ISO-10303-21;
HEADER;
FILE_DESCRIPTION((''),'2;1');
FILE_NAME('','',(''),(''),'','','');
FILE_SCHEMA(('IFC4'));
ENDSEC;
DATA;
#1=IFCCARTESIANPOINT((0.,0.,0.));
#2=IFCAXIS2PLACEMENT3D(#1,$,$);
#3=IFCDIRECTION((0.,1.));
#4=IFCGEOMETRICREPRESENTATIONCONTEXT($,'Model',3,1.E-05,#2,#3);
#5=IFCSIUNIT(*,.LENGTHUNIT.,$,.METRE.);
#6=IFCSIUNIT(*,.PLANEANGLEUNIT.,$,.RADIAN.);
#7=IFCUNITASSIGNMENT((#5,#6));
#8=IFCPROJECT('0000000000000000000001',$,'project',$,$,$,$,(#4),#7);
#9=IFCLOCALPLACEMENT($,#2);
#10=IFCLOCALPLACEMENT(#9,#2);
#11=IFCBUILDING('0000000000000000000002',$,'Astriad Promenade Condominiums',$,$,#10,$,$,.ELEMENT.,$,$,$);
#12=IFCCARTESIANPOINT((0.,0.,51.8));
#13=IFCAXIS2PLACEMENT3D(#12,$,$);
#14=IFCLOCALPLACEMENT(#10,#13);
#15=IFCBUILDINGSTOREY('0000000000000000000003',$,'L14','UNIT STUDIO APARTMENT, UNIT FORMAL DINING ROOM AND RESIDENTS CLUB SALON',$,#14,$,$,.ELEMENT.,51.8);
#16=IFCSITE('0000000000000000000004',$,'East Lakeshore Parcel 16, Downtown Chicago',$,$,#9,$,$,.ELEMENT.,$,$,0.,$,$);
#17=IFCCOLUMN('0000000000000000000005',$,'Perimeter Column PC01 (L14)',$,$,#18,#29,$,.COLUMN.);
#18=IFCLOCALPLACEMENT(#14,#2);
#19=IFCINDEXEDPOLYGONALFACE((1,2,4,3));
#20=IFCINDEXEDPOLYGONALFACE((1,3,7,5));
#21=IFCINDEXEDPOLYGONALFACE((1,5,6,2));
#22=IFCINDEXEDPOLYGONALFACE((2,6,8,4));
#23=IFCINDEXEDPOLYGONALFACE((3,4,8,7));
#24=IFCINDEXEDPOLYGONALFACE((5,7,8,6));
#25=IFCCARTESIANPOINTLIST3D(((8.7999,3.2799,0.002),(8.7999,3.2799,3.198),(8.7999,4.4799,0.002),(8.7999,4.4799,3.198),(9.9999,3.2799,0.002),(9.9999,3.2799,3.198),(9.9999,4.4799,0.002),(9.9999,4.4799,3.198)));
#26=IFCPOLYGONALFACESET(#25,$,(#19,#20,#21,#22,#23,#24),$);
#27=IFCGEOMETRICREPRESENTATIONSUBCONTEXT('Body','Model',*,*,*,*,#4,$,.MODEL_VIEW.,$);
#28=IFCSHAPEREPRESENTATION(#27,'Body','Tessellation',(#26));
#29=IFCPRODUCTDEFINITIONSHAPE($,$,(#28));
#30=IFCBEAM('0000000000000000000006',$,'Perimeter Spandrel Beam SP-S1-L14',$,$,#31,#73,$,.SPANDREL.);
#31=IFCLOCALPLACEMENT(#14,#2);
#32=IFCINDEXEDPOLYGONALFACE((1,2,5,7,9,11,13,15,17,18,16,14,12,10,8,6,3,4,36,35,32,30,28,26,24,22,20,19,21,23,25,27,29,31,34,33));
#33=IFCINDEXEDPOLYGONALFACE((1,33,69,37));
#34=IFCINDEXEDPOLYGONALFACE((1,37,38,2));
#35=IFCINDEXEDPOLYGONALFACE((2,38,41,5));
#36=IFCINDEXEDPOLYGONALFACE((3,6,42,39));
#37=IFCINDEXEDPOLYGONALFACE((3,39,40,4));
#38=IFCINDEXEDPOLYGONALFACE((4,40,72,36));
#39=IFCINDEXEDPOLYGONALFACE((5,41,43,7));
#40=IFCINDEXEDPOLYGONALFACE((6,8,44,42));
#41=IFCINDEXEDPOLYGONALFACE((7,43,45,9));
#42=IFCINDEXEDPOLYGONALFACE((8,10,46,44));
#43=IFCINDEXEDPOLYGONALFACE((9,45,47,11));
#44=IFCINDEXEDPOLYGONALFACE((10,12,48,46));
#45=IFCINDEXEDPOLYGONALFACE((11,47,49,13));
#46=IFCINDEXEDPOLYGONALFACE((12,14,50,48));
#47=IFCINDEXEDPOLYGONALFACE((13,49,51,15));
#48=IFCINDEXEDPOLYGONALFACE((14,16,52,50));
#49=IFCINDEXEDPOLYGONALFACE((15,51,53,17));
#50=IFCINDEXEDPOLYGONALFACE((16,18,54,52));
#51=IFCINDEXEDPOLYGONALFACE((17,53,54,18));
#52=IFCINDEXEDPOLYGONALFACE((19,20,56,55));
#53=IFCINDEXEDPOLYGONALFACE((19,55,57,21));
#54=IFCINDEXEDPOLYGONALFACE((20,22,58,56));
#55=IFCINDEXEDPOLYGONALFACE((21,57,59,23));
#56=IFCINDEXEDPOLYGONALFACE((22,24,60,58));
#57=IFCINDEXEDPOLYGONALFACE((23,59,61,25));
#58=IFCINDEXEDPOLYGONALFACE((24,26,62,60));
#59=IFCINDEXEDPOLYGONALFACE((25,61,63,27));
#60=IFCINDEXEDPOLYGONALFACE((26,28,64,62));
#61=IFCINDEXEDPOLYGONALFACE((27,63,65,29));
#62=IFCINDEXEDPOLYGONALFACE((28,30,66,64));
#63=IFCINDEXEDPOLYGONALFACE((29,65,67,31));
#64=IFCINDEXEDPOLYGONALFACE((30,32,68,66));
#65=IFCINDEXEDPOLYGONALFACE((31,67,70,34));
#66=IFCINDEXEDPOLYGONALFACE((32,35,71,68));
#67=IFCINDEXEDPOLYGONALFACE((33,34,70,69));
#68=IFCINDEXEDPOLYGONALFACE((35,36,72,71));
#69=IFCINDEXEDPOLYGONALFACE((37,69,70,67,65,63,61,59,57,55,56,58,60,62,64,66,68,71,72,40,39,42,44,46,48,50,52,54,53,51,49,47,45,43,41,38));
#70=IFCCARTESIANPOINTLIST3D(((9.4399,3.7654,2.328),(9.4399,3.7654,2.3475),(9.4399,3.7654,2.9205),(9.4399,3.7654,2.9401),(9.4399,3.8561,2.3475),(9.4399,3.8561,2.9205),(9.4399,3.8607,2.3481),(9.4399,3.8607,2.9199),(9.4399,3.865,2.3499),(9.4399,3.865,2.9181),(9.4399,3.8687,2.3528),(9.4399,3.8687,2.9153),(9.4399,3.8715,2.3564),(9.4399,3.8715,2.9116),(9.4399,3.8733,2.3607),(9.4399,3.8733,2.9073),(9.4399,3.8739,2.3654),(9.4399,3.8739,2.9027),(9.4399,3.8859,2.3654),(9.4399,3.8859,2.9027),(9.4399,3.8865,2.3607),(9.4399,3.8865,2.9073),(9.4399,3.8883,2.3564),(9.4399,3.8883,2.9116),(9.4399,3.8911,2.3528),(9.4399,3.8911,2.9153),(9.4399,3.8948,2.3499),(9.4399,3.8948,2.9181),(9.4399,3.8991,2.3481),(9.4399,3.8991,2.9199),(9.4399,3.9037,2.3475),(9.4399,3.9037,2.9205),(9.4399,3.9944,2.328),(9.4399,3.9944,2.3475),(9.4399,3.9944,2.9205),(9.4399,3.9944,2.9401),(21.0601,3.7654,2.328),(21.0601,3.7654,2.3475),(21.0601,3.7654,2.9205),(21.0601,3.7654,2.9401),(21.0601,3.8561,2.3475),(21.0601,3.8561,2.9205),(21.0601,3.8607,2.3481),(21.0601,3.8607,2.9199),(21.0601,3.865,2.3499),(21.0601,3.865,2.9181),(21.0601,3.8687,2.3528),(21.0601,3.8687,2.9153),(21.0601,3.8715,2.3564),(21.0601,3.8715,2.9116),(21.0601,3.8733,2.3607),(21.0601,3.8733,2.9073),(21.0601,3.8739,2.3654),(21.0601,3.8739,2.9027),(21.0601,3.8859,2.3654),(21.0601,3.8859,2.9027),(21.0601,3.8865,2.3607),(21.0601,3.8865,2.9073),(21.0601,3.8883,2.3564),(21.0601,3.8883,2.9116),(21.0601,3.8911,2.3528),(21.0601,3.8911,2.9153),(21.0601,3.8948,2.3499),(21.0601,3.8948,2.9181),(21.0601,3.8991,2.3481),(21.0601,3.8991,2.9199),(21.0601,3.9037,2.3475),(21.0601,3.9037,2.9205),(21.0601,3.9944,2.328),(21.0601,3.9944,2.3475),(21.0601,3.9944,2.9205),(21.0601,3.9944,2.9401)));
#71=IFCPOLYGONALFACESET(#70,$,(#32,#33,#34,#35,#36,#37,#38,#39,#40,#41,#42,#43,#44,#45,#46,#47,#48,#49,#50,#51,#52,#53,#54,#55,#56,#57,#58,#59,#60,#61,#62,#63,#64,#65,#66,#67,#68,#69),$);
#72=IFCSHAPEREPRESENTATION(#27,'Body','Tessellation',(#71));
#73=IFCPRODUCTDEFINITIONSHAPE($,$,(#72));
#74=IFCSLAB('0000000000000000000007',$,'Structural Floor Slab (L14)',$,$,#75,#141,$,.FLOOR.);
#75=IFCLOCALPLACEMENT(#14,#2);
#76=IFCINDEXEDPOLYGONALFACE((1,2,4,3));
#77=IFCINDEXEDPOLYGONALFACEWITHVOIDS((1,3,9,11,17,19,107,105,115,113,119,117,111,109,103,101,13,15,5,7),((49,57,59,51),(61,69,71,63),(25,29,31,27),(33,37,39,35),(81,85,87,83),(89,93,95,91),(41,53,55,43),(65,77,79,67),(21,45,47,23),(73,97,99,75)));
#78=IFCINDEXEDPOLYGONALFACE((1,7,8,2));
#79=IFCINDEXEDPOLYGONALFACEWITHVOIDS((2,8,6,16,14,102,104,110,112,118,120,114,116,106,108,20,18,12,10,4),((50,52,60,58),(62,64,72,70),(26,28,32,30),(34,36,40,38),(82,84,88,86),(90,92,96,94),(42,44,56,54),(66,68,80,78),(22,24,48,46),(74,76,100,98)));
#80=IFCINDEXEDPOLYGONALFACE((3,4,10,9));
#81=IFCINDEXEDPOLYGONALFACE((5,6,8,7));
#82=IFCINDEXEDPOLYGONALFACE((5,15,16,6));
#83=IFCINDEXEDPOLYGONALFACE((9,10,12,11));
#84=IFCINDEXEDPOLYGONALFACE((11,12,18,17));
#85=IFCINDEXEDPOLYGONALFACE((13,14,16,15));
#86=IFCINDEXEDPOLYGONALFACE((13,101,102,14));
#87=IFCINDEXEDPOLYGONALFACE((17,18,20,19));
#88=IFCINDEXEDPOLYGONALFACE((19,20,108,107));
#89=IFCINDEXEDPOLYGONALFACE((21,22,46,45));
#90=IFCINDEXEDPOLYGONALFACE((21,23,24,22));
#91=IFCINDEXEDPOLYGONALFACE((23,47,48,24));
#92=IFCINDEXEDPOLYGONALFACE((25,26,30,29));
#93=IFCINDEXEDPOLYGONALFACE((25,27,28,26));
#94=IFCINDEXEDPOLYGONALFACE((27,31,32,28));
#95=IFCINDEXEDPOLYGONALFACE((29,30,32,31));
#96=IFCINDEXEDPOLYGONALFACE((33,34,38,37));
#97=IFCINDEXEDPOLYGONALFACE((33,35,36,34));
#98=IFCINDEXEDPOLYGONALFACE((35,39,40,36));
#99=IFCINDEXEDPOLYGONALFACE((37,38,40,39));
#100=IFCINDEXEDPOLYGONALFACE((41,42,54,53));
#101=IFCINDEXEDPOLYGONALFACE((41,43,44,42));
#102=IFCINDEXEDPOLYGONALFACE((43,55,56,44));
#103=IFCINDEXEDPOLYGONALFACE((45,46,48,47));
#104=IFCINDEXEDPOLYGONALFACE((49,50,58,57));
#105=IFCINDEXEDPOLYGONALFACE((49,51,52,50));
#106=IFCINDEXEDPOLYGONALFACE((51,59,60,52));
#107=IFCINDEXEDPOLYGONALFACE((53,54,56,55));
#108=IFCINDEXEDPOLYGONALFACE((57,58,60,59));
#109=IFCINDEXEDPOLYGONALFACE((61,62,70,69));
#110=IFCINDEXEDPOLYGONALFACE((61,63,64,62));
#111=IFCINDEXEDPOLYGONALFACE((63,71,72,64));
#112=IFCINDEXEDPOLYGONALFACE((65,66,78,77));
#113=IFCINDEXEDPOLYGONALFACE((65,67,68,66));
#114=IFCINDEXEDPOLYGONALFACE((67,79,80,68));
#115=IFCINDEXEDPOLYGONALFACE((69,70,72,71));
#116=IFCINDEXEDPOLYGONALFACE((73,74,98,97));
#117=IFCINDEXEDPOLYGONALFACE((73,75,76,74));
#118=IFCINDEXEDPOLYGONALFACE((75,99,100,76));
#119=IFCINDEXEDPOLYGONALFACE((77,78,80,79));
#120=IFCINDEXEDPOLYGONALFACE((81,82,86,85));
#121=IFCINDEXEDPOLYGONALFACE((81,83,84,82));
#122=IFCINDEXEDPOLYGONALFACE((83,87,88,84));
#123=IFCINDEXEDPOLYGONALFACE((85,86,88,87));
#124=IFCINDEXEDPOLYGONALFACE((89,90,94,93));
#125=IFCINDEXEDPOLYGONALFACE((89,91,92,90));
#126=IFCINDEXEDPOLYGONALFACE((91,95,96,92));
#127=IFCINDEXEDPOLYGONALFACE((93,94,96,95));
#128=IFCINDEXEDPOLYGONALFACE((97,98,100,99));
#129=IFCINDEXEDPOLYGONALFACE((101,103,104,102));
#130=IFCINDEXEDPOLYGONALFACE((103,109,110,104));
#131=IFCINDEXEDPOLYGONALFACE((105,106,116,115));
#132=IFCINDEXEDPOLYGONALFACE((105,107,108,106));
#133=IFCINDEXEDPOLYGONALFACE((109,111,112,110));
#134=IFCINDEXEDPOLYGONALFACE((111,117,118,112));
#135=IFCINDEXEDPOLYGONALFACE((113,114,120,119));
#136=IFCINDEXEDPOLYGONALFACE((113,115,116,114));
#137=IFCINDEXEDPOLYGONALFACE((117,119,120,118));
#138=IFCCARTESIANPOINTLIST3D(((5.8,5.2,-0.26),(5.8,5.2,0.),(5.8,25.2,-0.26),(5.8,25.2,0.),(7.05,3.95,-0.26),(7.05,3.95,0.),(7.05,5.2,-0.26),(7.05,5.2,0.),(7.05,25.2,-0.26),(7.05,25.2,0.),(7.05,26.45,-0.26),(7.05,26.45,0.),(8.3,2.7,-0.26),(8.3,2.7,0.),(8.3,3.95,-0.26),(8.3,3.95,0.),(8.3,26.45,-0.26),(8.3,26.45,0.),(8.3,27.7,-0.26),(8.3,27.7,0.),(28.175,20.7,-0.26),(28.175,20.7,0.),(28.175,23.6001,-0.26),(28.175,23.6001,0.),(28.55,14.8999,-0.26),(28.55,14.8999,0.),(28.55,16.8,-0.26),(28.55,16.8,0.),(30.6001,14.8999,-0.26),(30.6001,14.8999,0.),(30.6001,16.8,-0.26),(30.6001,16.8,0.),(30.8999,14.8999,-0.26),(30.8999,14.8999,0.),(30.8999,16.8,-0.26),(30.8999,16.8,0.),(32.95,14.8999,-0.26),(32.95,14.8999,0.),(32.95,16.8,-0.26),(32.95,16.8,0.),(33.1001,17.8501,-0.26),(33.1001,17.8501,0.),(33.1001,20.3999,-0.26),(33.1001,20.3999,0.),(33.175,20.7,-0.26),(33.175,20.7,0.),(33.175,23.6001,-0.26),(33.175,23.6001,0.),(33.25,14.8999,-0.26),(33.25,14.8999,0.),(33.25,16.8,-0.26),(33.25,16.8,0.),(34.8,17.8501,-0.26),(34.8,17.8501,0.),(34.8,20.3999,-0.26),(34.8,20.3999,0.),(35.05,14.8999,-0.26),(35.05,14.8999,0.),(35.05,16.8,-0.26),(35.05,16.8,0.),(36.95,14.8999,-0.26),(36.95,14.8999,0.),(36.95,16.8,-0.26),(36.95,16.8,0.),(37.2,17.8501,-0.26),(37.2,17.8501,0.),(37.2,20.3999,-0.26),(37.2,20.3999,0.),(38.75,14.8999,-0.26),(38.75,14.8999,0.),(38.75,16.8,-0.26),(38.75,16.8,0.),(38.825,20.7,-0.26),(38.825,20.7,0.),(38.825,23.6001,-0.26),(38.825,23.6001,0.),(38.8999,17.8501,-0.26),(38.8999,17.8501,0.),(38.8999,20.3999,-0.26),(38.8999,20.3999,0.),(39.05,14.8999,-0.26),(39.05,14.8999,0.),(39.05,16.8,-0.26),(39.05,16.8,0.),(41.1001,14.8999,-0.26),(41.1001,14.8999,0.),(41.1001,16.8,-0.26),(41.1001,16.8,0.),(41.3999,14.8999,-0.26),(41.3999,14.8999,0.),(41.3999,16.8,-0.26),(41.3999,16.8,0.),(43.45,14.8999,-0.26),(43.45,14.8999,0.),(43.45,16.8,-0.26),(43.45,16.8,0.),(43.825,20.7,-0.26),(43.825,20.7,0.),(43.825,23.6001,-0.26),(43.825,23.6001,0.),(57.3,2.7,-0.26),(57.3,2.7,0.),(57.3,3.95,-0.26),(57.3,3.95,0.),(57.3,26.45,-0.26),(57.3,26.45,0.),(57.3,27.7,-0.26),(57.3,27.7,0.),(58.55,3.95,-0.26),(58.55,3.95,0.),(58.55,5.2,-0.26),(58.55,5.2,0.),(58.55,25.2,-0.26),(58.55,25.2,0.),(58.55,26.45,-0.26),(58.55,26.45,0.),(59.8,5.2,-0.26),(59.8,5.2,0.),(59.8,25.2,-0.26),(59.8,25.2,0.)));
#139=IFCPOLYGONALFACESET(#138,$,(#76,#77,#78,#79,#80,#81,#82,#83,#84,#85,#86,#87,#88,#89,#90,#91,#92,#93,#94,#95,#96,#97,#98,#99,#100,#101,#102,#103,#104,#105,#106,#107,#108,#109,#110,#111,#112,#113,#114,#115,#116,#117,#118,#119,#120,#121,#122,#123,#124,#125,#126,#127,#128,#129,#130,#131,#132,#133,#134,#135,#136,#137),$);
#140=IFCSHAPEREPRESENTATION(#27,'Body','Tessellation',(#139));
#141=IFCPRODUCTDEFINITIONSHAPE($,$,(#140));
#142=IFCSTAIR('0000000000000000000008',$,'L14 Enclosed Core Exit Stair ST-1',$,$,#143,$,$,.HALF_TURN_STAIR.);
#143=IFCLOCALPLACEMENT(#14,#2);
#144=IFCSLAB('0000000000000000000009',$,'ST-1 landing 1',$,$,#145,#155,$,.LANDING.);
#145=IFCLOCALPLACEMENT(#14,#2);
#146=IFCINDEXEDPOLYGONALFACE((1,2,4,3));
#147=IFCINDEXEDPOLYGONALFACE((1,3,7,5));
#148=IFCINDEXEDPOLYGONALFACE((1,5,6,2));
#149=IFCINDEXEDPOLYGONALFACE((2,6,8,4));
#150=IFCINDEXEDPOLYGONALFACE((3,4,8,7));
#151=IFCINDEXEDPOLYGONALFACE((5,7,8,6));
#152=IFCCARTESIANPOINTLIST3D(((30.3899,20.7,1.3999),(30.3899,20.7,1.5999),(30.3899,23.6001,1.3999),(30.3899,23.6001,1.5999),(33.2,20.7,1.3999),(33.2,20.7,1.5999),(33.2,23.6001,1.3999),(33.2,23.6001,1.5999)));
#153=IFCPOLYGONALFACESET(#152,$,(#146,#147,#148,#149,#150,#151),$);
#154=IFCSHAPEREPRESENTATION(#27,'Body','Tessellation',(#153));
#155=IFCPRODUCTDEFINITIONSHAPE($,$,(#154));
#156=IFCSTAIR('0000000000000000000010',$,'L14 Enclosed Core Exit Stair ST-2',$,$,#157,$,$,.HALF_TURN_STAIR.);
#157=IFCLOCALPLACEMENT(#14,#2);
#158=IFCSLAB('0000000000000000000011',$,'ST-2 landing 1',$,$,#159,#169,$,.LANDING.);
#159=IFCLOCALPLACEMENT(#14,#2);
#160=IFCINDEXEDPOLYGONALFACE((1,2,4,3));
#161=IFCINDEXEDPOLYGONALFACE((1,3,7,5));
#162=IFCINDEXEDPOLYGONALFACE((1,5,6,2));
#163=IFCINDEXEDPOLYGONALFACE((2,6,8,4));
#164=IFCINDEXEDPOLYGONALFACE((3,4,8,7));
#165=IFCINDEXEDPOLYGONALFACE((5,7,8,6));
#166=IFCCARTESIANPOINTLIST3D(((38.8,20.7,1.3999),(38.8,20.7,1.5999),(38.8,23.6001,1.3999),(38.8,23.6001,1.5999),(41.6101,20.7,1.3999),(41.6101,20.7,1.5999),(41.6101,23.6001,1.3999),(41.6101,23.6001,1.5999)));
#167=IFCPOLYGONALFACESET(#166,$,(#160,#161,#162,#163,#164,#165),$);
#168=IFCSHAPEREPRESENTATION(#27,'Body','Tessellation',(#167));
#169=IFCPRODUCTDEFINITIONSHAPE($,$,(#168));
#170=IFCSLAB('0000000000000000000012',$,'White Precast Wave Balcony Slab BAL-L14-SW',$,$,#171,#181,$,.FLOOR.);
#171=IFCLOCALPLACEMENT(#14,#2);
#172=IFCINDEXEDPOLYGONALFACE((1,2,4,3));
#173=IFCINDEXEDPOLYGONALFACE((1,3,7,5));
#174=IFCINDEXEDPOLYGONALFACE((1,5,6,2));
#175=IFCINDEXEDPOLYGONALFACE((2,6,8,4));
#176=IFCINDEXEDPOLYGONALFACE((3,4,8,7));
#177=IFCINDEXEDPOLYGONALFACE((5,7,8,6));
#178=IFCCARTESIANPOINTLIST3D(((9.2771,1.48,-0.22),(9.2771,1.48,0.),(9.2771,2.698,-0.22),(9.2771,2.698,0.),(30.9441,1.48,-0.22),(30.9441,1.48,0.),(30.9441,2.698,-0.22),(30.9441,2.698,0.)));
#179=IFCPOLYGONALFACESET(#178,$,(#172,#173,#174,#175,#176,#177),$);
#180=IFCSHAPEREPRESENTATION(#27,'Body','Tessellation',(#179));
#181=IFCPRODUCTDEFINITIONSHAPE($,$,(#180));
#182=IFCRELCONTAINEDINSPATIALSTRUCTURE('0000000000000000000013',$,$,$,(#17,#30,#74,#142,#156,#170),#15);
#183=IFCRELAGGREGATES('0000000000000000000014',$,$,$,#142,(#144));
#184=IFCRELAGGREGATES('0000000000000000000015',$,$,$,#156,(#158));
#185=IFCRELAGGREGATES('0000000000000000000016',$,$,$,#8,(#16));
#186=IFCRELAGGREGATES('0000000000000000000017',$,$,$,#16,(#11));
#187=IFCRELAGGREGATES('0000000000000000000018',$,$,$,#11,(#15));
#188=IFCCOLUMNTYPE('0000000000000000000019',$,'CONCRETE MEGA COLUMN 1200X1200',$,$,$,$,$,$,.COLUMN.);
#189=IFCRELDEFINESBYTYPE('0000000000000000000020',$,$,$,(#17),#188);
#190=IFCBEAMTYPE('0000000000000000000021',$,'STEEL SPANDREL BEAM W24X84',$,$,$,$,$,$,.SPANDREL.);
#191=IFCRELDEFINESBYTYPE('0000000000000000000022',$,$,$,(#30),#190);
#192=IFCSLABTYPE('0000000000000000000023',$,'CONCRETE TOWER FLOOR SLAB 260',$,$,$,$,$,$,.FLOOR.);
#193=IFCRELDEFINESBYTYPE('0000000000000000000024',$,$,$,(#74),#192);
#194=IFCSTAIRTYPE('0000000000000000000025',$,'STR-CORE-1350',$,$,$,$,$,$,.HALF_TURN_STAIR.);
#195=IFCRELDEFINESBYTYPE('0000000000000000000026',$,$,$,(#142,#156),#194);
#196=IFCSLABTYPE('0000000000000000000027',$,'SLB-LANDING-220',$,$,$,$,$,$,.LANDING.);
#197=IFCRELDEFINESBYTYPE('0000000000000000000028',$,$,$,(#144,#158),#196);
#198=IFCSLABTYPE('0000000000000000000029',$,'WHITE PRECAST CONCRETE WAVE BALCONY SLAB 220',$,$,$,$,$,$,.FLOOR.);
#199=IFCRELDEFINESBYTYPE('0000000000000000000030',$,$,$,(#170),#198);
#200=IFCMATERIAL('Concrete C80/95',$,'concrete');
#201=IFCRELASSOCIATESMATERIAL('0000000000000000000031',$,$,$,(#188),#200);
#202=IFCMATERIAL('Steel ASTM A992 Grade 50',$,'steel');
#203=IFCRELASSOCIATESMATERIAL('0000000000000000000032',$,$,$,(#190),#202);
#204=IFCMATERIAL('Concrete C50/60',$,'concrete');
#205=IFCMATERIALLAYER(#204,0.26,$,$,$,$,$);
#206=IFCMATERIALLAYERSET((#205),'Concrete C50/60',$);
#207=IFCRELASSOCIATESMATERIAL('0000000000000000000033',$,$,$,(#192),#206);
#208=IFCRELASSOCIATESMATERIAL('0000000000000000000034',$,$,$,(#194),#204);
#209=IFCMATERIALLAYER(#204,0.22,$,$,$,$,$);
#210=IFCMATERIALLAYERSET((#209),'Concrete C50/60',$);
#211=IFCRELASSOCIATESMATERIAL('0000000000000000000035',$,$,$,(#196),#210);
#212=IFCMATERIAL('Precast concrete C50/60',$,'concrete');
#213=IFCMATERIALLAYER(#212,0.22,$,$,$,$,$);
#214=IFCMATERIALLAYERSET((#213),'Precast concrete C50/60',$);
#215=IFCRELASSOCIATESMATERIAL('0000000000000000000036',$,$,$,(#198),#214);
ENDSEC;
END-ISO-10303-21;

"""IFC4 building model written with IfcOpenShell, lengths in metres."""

from ifc_helpers import new_model, si_unit, direction, frame, origin, origin_2d, place, context, subcontext, project, spatial, polyline, rectangle, i_section, outline, extrude, source, transform, mapped, material, layer, layer_set, material_profile, profile_set, type_object, type_shapes, element, aggregate, save


model = new_model("IFC4")

# Units and contexts
model_context = context("Model", 3, precision=1e-05, world=origin(), true_north=direction((0.0, 1.0)))
body_context = subcontext(model_context, "Body", "Model", "MODEL_VIEW")
ifc_project = project(units=[si_unit("LENGTHUNIT", "METRE"), si_unit("PLANEANGLEUNIT", "RADIAN")], contexts=[model_context])

# Site, building, storey
site_placement = place(None, origin())
site = spatial("IfcSite", under=ifc_project, at=site_placement, Name="East Lakeshore Parcel 16, Downtown Chicago", CompositionType="ELEMENT", RefElevation=0.0)
building_placement = place(site_placement, origin())
building = spatial("IfcBuilding", under=site, at=building_placement, Name="Astriad Promenade Condominiums", CompositionType="ELEMENT")
storey_placement = place(building_placement, frame((0.0, 0.0, 51.8)))
storey = spatial("IfcBuildingStorey", under=building, at=storey_placement, Name="L14", Description="UNIT STUDIO APARTMENT, UNIT FORMAL DINING ROOM AND RESIDENTS CLUB SALON", CompositionType="ELEMENT", Elevation=51.8)

# Column
ifc_material_1 = material(Name="Concrete C80/95", Category="concrete")
ifc_material_profile_1 = material_profile(ifc_material_1, rectangle(XDim=1.2, YDim=1.2, at=origin_2d()), Name="RC-COL-1200X1200")
ifc_profile_set_1 = profile_set([ifc_material_profile_1], Name="Concrete C80/95")
column_type = type_object("IfcColumnType", Name="CONCRETE MEGA COLUMN 1200X1200", PredefinedType="COLUMN", material=ifc_profile_set_1)
shared_shape_1 = source(origin(), body_context, "Body", "SweptSolid", [
    extrude(rectangle(XDim=1.2, YDim=1.2, at=origin_2d()), origin(), (0.0, 0.0, 1.0), 3.196),
])
type_shapes(column_type, [shared_shape_1])
column_placement = place(storey_placement, frame((9.3999, 3.8799, 0.002), z_axis=(0.0, 0.0, 1.0), x_axis=(1.0, 0.0, 0.0)))
element("IfcColumn", 1, at=column_placement, inside=storey, type_object=column_type, Name="Perimeter Column PC01 (L14)", PredefinedType="COLUMN", context=body_context, shape_type="MappedRepresentation", body=[
    mapped(shared_shape_1, transform((0.0, 0.0, 0.0), scale=1.0)),
])

# Beam
ifc_material_2 = material(Name="Steel ASTM A992 Grade 50", Category="steel")
ifc_material_profile_2 = material_profile(ifc_material_2, i_section(OverallWidth=0.229, OverallDepth=0.6121, WebThickness=0.012, FlangeThickness=0.0195, FilletRadius=0.0178, at=origin_2d()), Name="W24X84")
ifc_profile_set_2 = profile_set([ifc_material_profile_2], Name="Steel ASTM A992 Grade 50")
beam_type = type_object("IfcBeamType", Name="STEEL SPANDREL BEAM W24X84", PredefinedType="SPANDREL", material=ifc_profile_set_2)
shared_shape_2 = source(origin(), body_context, "Body", "SweptSolid", [
    extrude(i_section(OverallWidth=0.229, OverallDepth=0.6121, WebThickness=0.012, FlangeThickness=0.0195, FilletRadius=0.0178, at=origin_2d()), origin(), (0.0, 0.0, 1.0), 11.6201),
])
type_shapes(beam_type, [shared_shape_2])
beam_placement = place(storey_placement, frame((9.4399, 3.8799, 2.634), z_axis=(1.0, 0.0, 0.0), x_axis=(0.0, 1.0, 0.0)))
element("IfcBeam", 2, at=beam_placement, inside=storey, type_object=beam_type, Name="Perimeter Spandrel Beam SP-S1-L14", PredefinedType="SPANDREL", context=body_context, shape_type="MappedRepresentation", body=[
    mapped(shared_shape_2, transform((0.0, 0.0, 0.0), scale=1.0)),
])

# Slab
ifc_material_3 = material(Name="Concrete C50/60", Category="concrete")
ifc_layer_1 = layer(ifc_material_3, 0.26)
ifc_layer_set_1 = layer_set([ifc_layer_1], Name="Concrete C50/60")
slab_type_1 = type_object("IfcSlabType", Name="CONCRETE TOWER FLOOR SLAB 260", PredefinedType="FLOOR", material=ifc_layer_set_1)
slab_1_placement = place(storey_placement, frame((0.0, 0.0, -0.26)))
element("IfcSlab", 3, at=slab_1_placement, inside=storey, type_object=slab_type_1, Name="Structural Floor Slab (L14)", PredefinedType="FLOOR", context=body_context, shape_type="SweptSolid", body=[
    extrude(outline(polyline([(8.3, 2.7), (57.3, 2.7), (57.3, 3.95), (58.55, 3.95), (58.55, 5.2), (59.8, 5.2), (59.8, 25.2), (58.55, 25.2), (58.55, 26.45), (57.3, 26.45), (57.3, 27.7), (8.3, 27.7), (8.3, 26.45), (7.05, 26.45), (7.05, 25.2), (5.8, 25.2), (5.8, 5.2), (7.05, 5.2), (7.05, 3.95), (8.3, 3.95), (8.3, 2.7)]), holes=[polyline([(28.175, 20.7), (33.175, 20.7), (33.175, 23.6001), (28.175, 23.6001), (28.175, 20.7)]), polyline([(38.825, 20.7), (43.825, 20.7), (43.825, 23.6001), (38.825, 23.6001), (38.825, 20.7)]), polyline([(33.1001, 17.8501), (34.8, 17.8501), (34.8, 20.3999), (33.1001, 20.3999), (33.1001, 17.8501)]), polyline([(37.2, 17.8501), (38.8999, 17.8501), (38.8999, 20.3999), (37.2, 20.3999), (37.2, 17.8501)]), polyline([(28.55, 14.8999), (30.6001, 14.8999), (30.6001, 16.8), (28.55, 16.8), (28.55, 14.8999)]), polyline([(30.8999, 14.8999), (32.95, 14.8999), (32.95, 16.8), (30.8999, 16.8), (30.8999, 14.8999)]), polyline([(33.25, 14.8999), (35.05, 14.8999), (35.05, 16.8), (33.25, 16.8), (33.25, 14.8999)]), polyline([(36.95, 14.8999), (38.75, 14.8999), (38.75, 16.8), (36.95, 16.8), (36.95, 14.8999)]), polyline([(39.05, 14.8999), (41.1001, 14.8999), (41.1001, 16.8), (39.05, 16.8), (39.05, 14.8999)]), polyline([(41.3999, 14.8999), (43.45, 14.8999), (43.45, 16.8), (41.3999, 16.8), (41.3999, 14.8999)])]), origin(), (0.0, 0.0, 1.0), 0.26),
])

# Stairs, slabs
stair_type = type_object("IfcStairType", Name="STR-CORE-1350", PredefinedType="HALF_TURN_STAIR", material=ifc_material_3)
stair_1_placement = place(storey_placement, origin())
stair_1 = element("IfcStair", 4, at=stair_1_placement, inside=storey, type_object=stair_type, Name="L14 Enclosed Core Exit Stair ST-1", PredefinedType="HALF_TURN_STAIR")
ifc_layer_2 = layer(ifc_material_3, 0.22)
ifc_layer_set_2 = layer_set([ifc_layer_2], Name="Concrete C50/60")
slab_type_2 = type_object("IfcSlabType", Name="SLB-LANDING-220", PredefinedType="LANDING", material=ifc_layer_set_2)
slab_2_placement = place(storey_placement, frame((0.0, 0.0, 1.3999)))
slab_2 = element("IfcSlab", 5, at=slab_2_placement, type_object=slab_type_2, Name="ST-1 landing 1", PredefinedType="LANDING", context=body_context, shape_type="SweptSolid", body=[
    extrude(outline(polyline([(30.3899, 20.7), (33.2, 20.7), (33.2, 23.6001), (30.3899, 23.6001), (30.3899, 20.7)])), origin(), (0.0, 0.0, 1.0), 0.2),
])
aggregate(stair_1, [slab_2])
stair_2_placement = place(storey_placement, origin())
stair_2 = element("IfcStair", 6, at=stair_2_placement, inside=storey, type_object=stair_type, Name="L14 Enclosed Core Exit Stair ST-2", PredefinedType="HALF_TURN_STAIR")
slab_3_placement = place(storey_placement, frame((0.0, 0.0, 1.3999)))
slab_3 = element("IfcSlab", 7, at=slab_3_placement, type_object=slab_type_2, Name="ST-2 landing 1", PredefinedType="LANDING", context=body_context, shape_type="SweptSolid", body=[
    extrude(outline(polyline([(41.6101, 23.6001), (38.8, 23.6001), (38.8, 20.7), (41.6101, 20.7), (41.6101, 23.6001)])), origin(), (0.0, 0.0, 1.0), 0.2),
])
aggregate(stair_2, [slab_3])

# Slab
ifc_material_4 = material(Name="Precast concrete C50/60", Category="concrete")
ifc_layer_3 = layer(ifc_material_4, 0.22)
ifc_layer_set_3 = layer_set([ifc_layer_3], Name="Precast concrete C50/60")
slab_type_3 = type_object("IfcSlabType", Name="WHITE PRECAST CONCRETE WAVE BALCONY SLAB 220", PredefinedType="FLOOR", material=ifc_layer_set_3)
slab_4_placement = place(storey_placement, frame((0.0, 0.0, -0.22)))
element("IfcSlab", 8, at=slab_4_placement, inside=storey, type_object=slab_type_3, Name="White Precast Wave Balcony Slab BAL-L14-SW", PredefinedType="FLOOR", context=body_context, shape_type="SweptSolid", body=[
    extrude(outline(polyline([(30.9441, 1.48), (9.2771, 1.48), (9.2771, 2.698), (30.9441, 2.698), (30.9441, 1.48)])), origin(), (0.0, 0.0, 1.0), 0.22),
])

save(model, "model.ifc")
